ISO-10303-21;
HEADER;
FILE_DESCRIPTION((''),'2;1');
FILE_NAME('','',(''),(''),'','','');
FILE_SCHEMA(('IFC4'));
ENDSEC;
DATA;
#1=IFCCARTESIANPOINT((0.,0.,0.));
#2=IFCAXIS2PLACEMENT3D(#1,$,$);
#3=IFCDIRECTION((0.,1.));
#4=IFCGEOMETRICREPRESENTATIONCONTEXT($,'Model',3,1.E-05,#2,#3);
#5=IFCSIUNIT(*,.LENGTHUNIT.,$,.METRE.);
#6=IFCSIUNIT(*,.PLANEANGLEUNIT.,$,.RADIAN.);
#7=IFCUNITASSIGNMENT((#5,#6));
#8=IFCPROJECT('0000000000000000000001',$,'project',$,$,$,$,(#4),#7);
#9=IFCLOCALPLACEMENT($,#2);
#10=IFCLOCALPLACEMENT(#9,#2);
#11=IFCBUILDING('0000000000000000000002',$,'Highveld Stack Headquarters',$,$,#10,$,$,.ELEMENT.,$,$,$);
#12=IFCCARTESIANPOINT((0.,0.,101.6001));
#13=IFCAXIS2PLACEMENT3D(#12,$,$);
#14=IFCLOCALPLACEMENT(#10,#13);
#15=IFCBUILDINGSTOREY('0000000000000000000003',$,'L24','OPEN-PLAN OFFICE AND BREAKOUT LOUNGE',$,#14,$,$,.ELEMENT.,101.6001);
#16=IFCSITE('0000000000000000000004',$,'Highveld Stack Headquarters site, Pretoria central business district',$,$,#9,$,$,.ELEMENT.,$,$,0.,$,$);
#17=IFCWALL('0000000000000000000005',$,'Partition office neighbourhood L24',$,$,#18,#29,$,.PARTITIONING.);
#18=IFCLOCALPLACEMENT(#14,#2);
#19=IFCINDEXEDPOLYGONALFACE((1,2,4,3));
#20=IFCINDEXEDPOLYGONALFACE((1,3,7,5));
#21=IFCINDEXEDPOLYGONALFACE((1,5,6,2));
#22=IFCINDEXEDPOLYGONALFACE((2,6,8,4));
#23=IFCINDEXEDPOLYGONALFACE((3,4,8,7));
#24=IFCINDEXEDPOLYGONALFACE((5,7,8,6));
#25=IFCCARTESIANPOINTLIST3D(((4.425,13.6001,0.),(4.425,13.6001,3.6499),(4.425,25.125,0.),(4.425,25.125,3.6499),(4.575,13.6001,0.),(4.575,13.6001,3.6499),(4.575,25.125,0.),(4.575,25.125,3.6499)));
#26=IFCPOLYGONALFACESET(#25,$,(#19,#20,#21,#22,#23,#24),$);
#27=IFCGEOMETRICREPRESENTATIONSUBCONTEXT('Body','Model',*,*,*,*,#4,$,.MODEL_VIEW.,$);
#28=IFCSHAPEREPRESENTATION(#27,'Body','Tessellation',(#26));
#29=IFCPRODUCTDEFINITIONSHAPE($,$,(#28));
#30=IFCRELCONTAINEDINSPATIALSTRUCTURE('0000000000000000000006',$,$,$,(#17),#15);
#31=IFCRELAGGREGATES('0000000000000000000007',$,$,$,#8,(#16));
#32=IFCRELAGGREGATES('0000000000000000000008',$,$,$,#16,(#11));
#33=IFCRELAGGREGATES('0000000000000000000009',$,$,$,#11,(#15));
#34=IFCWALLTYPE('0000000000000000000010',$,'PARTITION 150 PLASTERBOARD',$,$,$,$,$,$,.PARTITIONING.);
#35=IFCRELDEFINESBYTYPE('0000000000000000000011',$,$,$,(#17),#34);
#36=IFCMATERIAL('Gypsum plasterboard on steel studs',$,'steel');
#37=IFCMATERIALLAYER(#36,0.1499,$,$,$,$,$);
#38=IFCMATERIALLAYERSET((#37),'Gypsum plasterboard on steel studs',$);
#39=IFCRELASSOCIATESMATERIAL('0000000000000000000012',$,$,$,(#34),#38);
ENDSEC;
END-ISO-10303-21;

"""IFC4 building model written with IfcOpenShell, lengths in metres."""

from ifc_helpers import new_model, si_unit, direction, frame, frame_2d, origin, place, context, subcontext, project, spatial, rectangle, extrude, material, layer, layer_set, type_object, element, save


model = new_model("IFC4")

# Units and contexts
model_context = context("Model", 3, precision=1e-05, world=origin(), true_north=direction((0.0, 1.0)))
body_context = subcontext(model_context, "Body", "Model", "MODEL_VIEW")
ifc_project = project(units=[si_unit("LENGTHUNIT", "METRE"), si_unit("PLANEANGLEUNIT", "RADIAN")], contexts=[model_context])

# Site, building, storey
site_placement = place(None, origin())
site = spatial("IfcSite", under=ifc_project, at=site_placement, Name="Highveld Stack Headquarters site, Pretoria central business district", CompositionType="ELEMENT", RefElevation=0.0)
building_placement = place(site_placement, origin())
building = spatial("IfcBuilding", under=site, at=building_placement, Name="Highveld Stack Headquarters", CompositionType="ELEMENT")
storey_placement = place(building_placement, frame((0.0, 0.0, 101.6001)))
storey = spatial("IfcBuildingStorey", under=building, at=storey_placement, Name="L24", Description="OPEN-PLAN OFFICE AND BREAKOUT LOUNGE", CompositionType="ELEMENT", Elevation=101.6001)

# Shared definitions
ifc_material_1 = material(Name="Gypsum plasterboard on steel studs", Category="steel")
ifc_layer_1 = layer(ifc_material_1, 0.1499)
ifc_layer_set_1 = layer_set([ifc_layer_1], Name="Gypsum plasterboard on steel studs")
wall_type_1 = type_object("IfcWallType", Name="PARTITION 150 PLASTERBOARD", PredefinedType="PARTITIONING", material=ifc_layer_set_1)

# Wall
wall_1_placement = place(storey_placement, frame((4.5, 13.6001, 0.0), z_axis=(0.0, 0.0, 1.0), x_axis=(0.0, 1.0, 0.0)))
element("IfcWall", 1, at=wall_1_placement, inside=storey, type_object=wall_type_1, Name="Partition office neighbourhood L24", PredefinedType="PARTITIONING", context=body_context, shape_type="SweptSolid", body=[
    extrude(rectangle(XDim=11.5249, YDim=0.1499, at=frame_2d((5.7625, 0.0))), origin(), (0.0, 0.0, 1.0), 3.6499),
])

save(model, "model.ifc")
